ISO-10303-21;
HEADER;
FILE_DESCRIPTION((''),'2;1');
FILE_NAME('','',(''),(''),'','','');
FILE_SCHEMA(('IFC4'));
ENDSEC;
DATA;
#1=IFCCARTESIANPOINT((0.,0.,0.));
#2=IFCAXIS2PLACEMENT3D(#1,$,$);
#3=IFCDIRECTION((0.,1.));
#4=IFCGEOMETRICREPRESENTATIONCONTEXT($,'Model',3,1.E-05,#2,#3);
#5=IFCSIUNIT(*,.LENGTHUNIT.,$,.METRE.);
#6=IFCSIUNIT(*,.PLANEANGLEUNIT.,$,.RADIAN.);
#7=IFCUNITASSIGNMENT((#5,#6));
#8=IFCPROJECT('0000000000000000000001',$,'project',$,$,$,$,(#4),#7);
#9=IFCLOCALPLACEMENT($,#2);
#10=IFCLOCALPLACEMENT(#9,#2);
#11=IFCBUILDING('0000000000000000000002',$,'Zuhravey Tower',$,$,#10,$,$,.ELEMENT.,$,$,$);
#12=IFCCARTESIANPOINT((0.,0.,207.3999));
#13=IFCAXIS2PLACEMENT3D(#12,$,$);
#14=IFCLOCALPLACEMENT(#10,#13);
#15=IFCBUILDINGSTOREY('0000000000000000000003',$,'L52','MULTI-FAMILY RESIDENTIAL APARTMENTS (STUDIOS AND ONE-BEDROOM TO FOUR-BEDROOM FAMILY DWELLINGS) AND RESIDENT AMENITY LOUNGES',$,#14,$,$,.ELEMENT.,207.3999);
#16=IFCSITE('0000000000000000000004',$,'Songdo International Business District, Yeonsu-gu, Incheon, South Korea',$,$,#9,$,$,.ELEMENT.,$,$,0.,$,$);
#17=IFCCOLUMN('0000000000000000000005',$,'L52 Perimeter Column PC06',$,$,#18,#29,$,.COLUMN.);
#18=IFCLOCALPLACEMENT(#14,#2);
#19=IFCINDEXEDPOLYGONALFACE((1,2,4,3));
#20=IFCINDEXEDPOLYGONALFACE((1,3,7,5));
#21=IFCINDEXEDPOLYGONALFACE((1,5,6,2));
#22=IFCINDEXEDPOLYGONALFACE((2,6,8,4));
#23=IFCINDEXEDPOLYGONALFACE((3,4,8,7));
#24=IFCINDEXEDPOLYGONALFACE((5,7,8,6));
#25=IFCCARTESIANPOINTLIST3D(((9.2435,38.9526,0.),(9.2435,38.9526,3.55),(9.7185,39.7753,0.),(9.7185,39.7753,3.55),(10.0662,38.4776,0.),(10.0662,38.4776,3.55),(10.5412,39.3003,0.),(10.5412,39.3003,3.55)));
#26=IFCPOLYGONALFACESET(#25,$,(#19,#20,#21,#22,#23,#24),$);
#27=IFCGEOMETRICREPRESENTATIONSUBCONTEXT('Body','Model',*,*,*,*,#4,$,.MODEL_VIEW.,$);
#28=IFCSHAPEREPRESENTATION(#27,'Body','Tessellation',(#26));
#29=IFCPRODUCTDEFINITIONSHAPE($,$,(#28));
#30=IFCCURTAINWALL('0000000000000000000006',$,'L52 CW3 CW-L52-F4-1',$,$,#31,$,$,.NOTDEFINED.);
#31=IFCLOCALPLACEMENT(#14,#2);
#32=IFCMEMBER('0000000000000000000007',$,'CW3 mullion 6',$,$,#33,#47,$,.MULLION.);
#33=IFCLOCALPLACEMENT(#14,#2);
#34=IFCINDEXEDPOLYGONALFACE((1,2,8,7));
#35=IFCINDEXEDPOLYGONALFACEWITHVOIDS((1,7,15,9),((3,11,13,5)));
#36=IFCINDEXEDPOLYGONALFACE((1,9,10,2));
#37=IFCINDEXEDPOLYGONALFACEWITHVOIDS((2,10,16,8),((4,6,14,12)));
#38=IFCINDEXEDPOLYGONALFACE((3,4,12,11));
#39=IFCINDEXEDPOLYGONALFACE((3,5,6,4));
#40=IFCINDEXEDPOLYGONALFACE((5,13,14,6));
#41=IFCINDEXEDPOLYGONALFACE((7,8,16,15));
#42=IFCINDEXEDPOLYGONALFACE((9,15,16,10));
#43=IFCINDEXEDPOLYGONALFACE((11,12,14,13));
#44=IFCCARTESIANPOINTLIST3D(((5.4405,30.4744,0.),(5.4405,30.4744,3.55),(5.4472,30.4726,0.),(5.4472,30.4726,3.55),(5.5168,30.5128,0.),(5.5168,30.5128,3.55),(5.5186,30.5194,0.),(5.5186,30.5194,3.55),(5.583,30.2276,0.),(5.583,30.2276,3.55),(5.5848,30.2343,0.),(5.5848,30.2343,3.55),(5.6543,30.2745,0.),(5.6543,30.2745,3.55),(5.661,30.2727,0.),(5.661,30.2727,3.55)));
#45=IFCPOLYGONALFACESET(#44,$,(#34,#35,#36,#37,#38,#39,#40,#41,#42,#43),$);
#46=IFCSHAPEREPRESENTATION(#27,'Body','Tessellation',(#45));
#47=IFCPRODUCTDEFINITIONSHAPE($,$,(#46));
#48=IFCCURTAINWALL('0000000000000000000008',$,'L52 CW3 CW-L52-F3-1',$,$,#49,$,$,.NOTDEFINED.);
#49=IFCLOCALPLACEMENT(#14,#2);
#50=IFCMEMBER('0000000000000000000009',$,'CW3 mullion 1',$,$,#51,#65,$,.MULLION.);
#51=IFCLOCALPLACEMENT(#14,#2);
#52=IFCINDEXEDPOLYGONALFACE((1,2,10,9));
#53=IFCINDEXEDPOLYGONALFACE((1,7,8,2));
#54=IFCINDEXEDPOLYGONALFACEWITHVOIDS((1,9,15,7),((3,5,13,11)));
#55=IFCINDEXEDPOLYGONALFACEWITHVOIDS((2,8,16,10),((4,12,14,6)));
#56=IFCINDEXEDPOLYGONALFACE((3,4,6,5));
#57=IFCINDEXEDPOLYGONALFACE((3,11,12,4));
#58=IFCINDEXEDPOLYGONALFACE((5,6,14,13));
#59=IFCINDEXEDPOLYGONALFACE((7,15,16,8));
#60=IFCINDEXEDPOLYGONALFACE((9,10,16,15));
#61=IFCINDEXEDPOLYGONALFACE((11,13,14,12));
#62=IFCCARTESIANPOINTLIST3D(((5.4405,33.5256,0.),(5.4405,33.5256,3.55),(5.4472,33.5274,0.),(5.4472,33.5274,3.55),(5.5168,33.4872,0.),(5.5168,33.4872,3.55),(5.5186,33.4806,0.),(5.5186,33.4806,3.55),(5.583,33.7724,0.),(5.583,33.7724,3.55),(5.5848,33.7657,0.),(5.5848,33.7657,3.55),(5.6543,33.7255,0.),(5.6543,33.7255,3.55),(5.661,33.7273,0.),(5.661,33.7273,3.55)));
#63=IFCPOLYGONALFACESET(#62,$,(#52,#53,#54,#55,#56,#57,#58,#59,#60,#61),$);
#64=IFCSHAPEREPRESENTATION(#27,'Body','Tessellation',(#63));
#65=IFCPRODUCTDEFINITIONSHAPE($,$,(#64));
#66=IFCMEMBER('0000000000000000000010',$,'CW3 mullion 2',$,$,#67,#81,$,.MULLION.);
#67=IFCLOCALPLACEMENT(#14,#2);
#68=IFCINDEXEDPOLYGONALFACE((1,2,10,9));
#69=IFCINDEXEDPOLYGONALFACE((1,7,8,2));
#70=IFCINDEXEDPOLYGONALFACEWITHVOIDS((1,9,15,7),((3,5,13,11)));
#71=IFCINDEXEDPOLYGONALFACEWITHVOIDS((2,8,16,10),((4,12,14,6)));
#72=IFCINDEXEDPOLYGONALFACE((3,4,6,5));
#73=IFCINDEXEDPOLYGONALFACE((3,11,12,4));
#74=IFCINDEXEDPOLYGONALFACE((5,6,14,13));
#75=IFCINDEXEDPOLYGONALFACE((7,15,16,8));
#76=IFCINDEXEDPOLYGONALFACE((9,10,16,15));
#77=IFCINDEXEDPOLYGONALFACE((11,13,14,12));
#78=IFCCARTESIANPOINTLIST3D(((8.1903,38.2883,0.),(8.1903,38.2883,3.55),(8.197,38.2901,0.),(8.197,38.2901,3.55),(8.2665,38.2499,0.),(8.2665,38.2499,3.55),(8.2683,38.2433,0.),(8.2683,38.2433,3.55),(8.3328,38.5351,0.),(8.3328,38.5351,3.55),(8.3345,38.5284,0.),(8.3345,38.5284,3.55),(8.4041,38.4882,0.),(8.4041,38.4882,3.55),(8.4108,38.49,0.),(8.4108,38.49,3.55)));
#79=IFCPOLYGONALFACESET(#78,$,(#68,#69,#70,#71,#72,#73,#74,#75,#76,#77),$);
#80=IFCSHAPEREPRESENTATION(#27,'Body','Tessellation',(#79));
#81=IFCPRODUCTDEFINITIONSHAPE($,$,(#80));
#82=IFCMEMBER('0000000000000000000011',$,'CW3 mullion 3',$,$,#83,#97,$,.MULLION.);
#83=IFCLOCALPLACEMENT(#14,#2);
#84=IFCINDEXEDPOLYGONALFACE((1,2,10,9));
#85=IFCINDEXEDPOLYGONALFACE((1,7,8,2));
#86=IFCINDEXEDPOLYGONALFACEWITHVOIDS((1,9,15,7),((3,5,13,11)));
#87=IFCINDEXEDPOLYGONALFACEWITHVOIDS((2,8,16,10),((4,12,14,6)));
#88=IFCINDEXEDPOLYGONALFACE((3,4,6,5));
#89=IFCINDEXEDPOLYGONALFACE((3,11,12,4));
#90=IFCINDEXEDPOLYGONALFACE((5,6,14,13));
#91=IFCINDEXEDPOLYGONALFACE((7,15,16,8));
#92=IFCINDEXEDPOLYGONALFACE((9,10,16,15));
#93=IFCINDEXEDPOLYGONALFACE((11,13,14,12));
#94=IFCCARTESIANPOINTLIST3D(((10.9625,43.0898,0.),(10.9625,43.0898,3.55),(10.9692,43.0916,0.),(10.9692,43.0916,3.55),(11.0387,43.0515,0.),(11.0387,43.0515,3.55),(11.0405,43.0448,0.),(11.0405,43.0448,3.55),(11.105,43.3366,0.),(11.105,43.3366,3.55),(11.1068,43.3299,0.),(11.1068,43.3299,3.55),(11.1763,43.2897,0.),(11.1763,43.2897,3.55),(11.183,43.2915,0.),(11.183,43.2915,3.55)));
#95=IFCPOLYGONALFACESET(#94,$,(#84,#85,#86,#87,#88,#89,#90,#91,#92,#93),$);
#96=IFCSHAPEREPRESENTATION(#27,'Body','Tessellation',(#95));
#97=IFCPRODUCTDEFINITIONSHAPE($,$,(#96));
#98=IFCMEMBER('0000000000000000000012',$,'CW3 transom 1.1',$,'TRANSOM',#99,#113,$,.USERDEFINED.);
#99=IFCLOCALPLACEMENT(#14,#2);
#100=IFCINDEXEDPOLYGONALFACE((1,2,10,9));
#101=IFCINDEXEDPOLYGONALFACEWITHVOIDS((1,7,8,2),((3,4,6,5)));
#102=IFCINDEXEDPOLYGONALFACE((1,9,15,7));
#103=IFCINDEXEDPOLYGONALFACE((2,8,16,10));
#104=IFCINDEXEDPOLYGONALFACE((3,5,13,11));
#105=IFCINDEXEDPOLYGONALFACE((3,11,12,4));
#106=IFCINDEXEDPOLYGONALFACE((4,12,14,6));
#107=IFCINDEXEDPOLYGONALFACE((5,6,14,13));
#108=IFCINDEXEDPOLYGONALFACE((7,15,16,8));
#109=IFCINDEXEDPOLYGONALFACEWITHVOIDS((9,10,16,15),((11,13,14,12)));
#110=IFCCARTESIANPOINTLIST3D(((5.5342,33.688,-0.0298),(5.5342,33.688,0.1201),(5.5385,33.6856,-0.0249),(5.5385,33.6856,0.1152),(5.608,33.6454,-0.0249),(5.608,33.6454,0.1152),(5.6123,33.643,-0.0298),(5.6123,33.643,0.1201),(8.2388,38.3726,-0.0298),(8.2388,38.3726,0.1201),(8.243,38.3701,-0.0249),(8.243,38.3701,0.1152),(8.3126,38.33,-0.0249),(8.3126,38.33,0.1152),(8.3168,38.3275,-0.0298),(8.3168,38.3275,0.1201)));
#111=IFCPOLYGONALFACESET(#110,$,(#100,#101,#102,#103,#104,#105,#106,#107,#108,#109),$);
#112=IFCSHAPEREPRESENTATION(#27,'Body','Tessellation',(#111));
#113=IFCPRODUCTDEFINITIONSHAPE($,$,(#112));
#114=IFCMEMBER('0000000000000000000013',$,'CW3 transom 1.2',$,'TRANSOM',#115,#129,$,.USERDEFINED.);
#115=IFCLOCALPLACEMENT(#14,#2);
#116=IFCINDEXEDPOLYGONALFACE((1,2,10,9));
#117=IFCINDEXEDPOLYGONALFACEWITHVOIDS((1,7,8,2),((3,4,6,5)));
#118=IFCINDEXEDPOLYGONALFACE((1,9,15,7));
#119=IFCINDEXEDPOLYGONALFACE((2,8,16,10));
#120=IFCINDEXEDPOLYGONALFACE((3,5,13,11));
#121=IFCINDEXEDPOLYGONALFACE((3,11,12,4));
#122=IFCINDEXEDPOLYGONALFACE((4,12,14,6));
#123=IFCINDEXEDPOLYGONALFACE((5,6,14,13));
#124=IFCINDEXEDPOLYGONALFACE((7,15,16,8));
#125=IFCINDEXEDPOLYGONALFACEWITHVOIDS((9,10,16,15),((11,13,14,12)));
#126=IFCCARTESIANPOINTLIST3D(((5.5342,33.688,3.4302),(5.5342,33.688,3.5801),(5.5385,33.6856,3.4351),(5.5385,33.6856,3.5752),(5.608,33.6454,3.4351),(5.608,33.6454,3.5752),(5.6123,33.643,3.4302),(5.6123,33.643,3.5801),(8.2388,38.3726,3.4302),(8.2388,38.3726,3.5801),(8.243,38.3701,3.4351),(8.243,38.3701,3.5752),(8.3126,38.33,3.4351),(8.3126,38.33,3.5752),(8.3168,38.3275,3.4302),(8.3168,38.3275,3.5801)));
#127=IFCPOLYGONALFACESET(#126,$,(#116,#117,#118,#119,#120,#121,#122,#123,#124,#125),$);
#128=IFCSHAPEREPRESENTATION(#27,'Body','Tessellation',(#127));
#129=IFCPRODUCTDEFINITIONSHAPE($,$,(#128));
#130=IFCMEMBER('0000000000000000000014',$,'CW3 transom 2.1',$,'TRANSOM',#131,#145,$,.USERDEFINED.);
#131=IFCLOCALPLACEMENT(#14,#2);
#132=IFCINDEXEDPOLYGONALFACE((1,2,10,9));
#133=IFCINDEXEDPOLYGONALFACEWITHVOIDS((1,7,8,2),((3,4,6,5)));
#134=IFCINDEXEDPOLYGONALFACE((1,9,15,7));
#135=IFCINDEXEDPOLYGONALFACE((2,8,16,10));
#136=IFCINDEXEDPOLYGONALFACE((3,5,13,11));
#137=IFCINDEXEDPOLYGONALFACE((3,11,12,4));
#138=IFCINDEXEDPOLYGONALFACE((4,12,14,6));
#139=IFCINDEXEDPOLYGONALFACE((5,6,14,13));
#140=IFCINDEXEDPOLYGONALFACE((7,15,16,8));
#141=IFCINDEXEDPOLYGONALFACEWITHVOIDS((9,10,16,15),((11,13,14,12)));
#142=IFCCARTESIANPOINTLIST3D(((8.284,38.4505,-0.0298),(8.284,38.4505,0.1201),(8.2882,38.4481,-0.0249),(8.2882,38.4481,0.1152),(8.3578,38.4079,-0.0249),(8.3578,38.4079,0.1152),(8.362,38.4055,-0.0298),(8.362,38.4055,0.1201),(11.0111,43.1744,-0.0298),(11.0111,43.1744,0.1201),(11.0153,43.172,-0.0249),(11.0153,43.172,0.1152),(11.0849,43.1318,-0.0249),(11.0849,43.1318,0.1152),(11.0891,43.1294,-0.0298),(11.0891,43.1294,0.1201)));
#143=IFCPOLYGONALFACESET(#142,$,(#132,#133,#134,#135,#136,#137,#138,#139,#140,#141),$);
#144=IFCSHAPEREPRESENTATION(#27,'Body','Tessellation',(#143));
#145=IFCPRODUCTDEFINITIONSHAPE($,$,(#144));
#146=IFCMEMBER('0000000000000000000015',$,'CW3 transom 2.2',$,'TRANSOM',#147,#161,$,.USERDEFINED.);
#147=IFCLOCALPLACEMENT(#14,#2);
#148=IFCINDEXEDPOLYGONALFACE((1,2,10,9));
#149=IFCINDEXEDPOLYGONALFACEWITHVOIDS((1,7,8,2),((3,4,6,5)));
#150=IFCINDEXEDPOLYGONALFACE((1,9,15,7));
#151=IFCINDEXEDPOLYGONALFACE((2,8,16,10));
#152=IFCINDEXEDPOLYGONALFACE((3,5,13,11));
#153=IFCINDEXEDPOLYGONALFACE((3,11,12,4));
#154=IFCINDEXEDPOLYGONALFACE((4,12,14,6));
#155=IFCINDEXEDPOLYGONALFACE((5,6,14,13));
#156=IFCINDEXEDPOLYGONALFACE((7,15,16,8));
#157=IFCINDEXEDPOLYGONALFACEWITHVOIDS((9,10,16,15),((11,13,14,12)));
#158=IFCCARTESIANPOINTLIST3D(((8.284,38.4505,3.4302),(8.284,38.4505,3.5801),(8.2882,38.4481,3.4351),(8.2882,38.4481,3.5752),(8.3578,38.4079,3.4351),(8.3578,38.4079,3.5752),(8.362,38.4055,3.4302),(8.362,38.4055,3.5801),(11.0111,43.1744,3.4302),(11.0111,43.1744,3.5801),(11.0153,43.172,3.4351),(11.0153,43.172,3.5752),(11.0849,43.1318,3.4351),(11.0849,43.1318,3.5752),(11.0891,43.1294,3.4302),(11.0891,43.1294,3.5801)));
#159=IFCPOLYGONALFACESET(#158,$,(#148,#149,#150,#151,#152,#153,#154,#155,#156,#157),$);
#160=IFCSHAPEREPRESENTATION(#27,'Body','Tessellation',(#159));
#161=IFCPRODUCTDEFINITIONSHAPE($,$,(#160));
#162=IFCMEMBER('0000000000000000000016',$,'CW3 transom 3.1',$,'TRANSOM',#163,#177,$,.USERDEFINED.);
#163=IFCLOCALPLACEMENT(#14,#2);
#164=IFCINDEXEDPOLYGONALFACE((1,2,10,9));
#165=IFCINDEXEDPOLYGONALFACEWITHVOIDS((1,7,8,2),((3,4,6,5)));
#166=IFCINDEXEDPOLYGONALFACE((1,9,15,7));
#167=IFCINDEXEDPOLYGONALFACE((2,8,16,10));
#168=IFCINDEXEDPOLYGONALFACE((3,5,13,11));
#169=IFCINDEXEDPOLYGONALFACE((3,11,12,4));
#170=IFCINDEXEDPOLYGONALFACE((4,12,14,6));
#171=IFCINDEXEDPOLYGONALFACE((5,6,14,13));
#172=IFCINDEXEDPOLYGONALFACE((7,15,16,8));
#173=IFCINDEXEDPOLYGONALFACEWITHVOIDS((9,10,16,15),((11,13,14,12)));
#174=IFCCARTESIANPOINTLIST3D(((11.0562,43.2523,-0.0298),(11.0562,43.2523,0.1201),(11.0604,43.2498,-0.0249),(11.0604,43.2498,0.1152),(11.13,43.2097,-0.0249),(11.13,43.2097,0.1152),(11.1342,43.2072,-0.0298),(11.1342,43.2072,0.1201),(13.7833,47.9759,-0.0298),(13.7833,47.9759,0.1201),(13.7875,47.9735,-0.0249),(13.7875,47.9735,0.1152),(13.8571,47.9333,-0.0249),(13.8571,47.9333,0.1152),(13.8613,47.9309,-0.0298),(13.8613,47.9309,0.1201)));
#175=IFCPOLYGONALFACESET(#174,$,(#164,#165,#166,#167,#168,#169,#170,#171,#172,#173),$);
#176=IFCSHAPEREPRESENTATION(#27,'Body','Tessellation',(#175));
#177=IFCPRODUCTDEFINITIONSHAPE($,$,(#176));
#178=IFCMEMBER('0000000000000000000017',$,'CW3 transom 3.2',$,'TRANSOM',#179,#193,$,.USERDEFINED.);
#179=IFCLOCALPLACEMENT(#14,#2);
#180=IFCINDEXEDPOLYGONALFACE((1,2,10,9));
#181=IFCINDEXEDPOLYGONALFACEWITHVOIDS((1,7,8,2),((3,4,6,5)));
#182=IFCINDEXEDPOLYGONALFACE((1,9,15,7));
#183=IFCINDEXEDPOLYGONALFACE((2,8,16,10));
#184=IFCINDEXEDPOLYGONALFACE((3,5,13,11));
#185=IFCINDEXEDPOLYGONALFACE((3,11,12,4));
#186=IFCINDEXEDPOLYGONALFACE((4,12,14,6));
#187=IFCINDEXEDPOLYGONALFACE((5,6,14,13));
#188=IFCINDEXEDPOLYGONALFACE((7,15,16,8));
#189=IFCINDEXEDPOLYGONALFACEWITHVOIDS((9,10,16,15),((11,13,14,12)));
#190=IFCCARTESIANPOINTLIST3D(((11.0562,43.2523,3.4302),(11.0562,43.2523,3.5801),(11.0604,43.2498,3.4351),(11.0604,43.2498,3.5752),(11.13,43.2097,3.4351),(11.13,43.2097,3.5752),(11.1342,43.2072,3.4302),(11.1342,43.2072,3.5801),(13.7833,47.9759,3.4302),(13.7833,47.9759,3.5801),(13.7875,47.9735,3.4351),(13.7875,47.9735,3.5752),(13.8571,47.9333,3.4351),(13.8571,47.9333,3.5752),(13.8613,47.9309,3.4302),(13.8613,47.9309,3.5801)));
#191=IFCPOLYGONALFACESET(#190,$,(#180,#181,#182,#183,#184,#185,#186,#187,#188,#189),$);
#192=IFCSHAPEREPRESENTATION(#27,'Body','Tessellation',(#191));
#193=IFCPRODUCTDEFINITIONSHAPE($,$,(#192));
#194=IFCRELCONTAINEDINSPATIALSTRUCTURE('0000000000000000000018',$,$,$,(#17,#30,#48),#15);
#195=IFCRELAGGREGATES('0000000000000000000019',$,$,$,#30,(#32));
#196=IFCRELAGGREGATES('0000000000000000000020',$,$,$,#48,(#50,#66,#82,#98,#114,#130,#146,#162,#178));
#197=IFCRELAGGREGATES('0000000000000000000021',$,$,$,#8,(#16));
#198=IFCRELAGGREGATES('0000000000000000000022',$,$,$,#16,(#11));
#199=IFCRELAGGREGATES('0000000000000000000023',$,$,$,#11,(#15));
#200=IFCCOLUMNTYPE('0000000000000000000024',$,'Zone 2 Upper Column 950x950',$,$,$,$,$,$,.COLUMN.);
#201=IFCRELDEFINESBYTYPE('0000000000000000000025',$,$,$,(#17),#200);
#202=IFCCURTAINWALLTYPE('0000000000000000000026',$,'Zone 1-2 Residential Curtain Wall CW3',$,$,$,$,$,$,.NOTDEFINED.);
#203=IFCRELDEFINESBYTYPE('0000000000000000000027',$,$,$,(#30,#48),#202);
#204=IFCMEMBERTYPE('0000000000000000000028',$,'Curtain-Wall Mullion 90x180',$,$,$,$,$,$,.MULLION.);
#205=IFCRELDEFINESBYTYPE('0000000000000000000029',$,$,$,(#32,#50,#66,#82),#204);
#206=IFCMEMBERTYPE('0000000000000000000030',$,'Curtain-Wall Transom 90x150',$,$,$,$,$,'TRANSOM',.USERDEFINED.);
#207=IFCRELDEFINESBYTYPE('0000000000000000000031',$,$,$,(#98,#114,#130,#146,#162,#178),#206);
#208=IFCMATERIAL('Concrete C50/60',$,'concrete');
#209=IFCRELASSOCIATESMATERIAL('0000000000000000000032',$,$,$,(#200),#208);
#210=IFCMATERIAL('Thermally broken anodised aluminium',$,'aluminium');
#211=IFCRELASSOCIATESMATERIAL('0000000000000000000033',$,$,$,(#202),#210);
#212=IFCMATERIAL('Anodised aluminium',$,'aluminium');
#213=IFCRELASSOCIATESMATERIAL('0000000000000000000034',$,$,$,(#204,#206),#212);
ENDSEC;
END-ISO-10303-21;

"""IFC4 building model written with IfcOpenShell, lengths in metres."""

from ifc_helpers import new_model, si_unit, direction, frame, origin, origin_2d, place, context, subcontext, project, spatial, rectangle, hollow_rectangle, extrude, material, material_profile, profile_set, type_object, element, aggregate, save


model = new_model("IFC4")

# Units and contexts
model_context = context("Model", 3, precision=1e-05, world=origin(), true_north=direction((0.0, 1.0)))
body_context = subcontext(model_context, "Body", "Model", "MODEL_VIEW")
ifc_project = project(units=[si_unit("LENGTHUNIT", "METRE"), si_unit("PLANEANGLEUNIT", "RADIAN")], contexts=[model_context])

# Site, building, storey
site_placement = place(None, origin())
site = spatial("IfcSite", under=ifc_project, at=site_placement, Name="Songdo International Business District, Yeonsu-gu, Incheon, South Korea", CompositionType="ELEMENT", RefElevation=0.0)
building_placement = place(site_placement, origin())
building = spatial("IfcBuilding", under=site, at=building_placement, Name="Zuhravey Tower", CompositionType="ELEMENT")
storey_placement = place(building_placement, frame((0.0, 0.0, 207.3999)))
storey = spatial("IfcBuildingStorey", under=building, at=storey_placement, Name="L52", Description="MULTI-FAMILY RESIDENTIAL APARTMENTS (STUDIOS AND ONE-BEDROOM TO FOUR-BEDROOM FAMILY DWELLINGS) AND RESIDENT AMENITY LOUNGES", CompositionType="ELEMENT", Elevation=207.3999)

# Column
ifc_material_1 = material(Name="Concrete C50/60", Category="concrete")
ifc_material_profile_1 = material_profile(ifc_material_1, rectangle(XDim=0.95, YDim=0.95, at=origin_2d()), Name="RC-950x950")
ifc_profile_set_1 = profile_set([ifc_material_profile_1], Name="Concrete C50/60")
column_type = type_object("IfcColumnType", Name="Zone 2 Upper Column 950x950", PredefinedType="COLUMN", material=ifc_profile_set_1)
column_placement = place(storey_placement, frame((9.8923, 39.1265, 0.0), z_axis=(0.0, 0.0, 1.0), x_axis=(-0.5, -0.866025, 0.0)))
element("IfcColumn", 1, at=column_placement, inside=storey, type_object=column_type, Name="L52 Perimeter Column PC06", PredefinedType="COLUMN", context=body_context, shape_type="SweptSolid", body=[
    extrude(rectangle(XDim=0.95, YDim=0.95, at=origin_2d()), origin(), (0.0, 0.0, 1.0), 3.55),
])

# Curtain wall, member
ifc_material_2 = material(Name="Thermally broken anodised aluminium", Category="aluminium")
curtain_wall_type = type_object("IfcCurtainWallType", Name="Zone 1-2 Residential Curtain Wall CW3", PredefinedType="NOTDEFINED", material=ifc_material_2)
curtain_wall_1_placement = place(storey_placement, origin())
curtain_wall_1 = element("IfcCurtainWall", 2, at=curtain_wall_1_placement, inside=storey, type_object=curtain_wall_type, Name="L52 CW3 CW-L52-F4-1", PredefinedType="NOTDEFINED")
ifc_material_3 = material(Name="Anodised aluminium", Category="aluminium")
ifc_material_profile_2 = material_profile(ifc_material_3, hollow_rectangle(XDim=0.0901, YDim=0.2849, WallThickness=0.0049, at=origin_2d()), Name="ALU-RHS-90x285x5")
ifc_profile_set_2 = profile_set([ifc_material_profile_2], Name="Anodised aluminium")
member_type_1 = type_object("IfcMemberType", Name="Curtain-Wall Mullion 90x180", PredefinedType="MULLION", material=ifc_profile_set_2)
member_1_placement = place(storey_placement, frame((5.5508, 30.3735, 0.0), z_axis=(0.0, 0.0, 1.0), x_axis=(-0.866025, -0.5, 0.0)))
member_1 = element("IfcMember", 3, at=member_1_placement, type_object=member_type_1, Name="CW3 mullion 6", PredefinedType="MULLION", context=body_context, shape_type="SweptSolid", body=[
    extrude(hollow_rectangle(XDim=0.0901, YDim=0.2849, WallThickness=0.0049, at=origin_2d()), origin(), (0.0, 0.0, 1.0), 3.55),
])
aggregate(curtain_wall_1, [member_1])

# Curtain wall, members
curtain_wall_2_placement = place(storey_placement, origin())
curtain_wall_2 = element("IfcCurtainWall", 4, at=curtain_wall_2_placement, inside=storey, type_object=curtain_wall_type, Name="L52 CW3 CW-L52-F3-1", PredefinedType="NOTDEFINED")
member_2_placement = place(storey_placement, frame((5.5508, 33.6265, 0.0), z_axis=(0.0, 0.0, 1.0), x_axis=(-0.866025, 0.5, 0.0)))
member_2 = element("IfcMember", 5, at=member_2_placement, type_object=member_type_1, Name="CW3 mullion 1", PredefinedType="MULLION", context=body_context, shape_type="SweptSolid", body=[
    extrude(hollow_rectangle(XDim=0.0901, YDim=0.2849, WallThickness=0.0049, at=origin_2d()), origin(), (0.0, 0.0, 1.0), 3.55),
])
member_3_placement = place(storey_placement, frame((8.3005, 38.3892, 0.0), z_axis=(0.0, 0.0, 1.0), x_axis=(-0.866025, 0.5, 0.0)))
member_3 = element("IfcMember", 6, at=member_3_placement, type_object=member_type_1, Name="CW3 mullion 2", PredefinedType="MULLION", context=body_context, shape_type="SweptSolid", body=[
    extrude(hollow_rectangle(XDim=0.0901, YDim=0.2849, WallThickness=0.0049, at=origin_2d()), origin(), (0.0, 0.0, 1.0), 3.55),
])
member_4_placement = place(storey_placement, frame((11.0728, 43.1907, 0.0), z_axis=(0.0, 0.0, 1.0), x_axis=(-0.866025, 0.5, 0.0)))
member_4 = element("IfcMember", 7, at=member_4_placement, type_object=member_type_1, Name="CW3 mullion 3", PredefinedType="MULLION", context=body_context, shape_type="SweptSolid", body=[
    extrude(hollow_rectangle(XDim=0.0901, YDim=0.2849, WallThickness=0.0049, at=origin_2d()), origin(), (0.0, 0.0, 1.0), 3.55),
])
ifc_material_profile_3 = material_profile(ifc_material_3, hollow_rectangle(XDim=0.0901, YDim=0.1499, WallThickness=0.0049, at=origin_2d()), Name="ALU-RHS-90x150x5")
ifc_profile_set_3 = profile_set([ifc_material_profile_3], Name="Anodised aluminium")
member_type_2 = type_object("IfcMemberType", Name="Curtain-Wall Transom 90x150", ElementType="TRANSOM", PredefinedType="USERDEFINED", material=ifc_profile_set_3)
member_5_placement = place(storey_placement, frame((5.5732, 33.6655, 0.0452), z_axis=(0.499993, 0.866029, 0.0), x_axis=(-0.866029, 0.499993, 0.0)))
member_5 = element("IfcMember", 8, at=member_5_placement, type_object=member_type_2, Name="CW3 transom 1.1", ObjectType="TRANSOM", PredefinedType="USERDEFINED", context=body_context, shape_type="SweptSolid", body=[
    extrude(hollow_rectangle(XDim=0.0901, YDim=0.1499, WallThickness=0.0049, at=origin_2d()), origin(), (0.0, 0.0, 1.0), 5.4092),
])
member_6_placement = place(storey_placement, frame((5.5732, 33.6655, 3.5051), z_axis=(0.499993, 0.866029, 0.0), x_axis=(-0.866029, 0.499993, 0.0)))
member_6 = element("IfcMember", 9, at=member_6_placement, type_object=member_type_2, Name="CW3 transom 1.2", ObjectType="TRANSOM", PredefinedType="USERDEFINED", context=body_context, shape_type="SweptSolid", body=[
    extrude(hollow_rectangle(XDim=0.0901, YDim=0.1499, WallThickness=0.0049, at=origin_2d()), origin(), (0.0, 0.0, 1.0), 5.4092),
])
member_7_placement = place(storey_placement, frame((8.323, 38.428, 0.0452), z_axis=(0.499961, 0.866048, 0.0), x_axis=(-0.866048, 0.499961, 0.0)))
member_7 = element("IfcMember", 10, at=member_7_placement, type_object=member_type_2, Name="CW3 transom 2.1", ObjectType="TRANSOM", PredefinedType="USERDEFINED", context=body_context, shape_type="SweptSolid", body=[
    extrude(hollow_rectangle(XDim=0.0901, YDim=0.1499, WallThickness=0.0049, at=origin_2d()), origin(), (0.0, 0.0, 1.0), 5.4546),
])
member_8_placement = place(storey_placement, frame((8.323, 38.428, 3.5051), z_axis=(0.499961, 0.866048, 0.0), x_axis=(-0.866048, 0.499961, 0.0)))
member_8 = element("IfcMember", 11, at=member_8_placement, type_object=member_type_2, Name="CW3 transom 2.2", ObjectType="TRANSOM", PredefinedType="USERDEFINED", context=body_context, shape_type="SweptSolid", body=[
    extrude(hollow_rectangle(XDim=0.0901, YDim=0.1499, WallThickness=0.0049, at=origin_2d()), origin(), (0.0, 0.0, 1.0), 5.4546),
])
member_9_placement = place(storey_placement, frame((11.0952, 43.2297, 0.0452), z_axis=(0.499981, 0.866037, 0.0), x_axis=(-0.866037, 0.499981, 0.0)))
member_9 = element("IfcMember", 12, at=member_9_placement, type_object=member_type_2, Name="CW3 transom 3.1", ObjectType="TRANSOM", PredefinedType="USERDEFINED", context=body_context, shape_type="SweptSolid", body=[
    extrude(hollow_rectangle(XDim=0.0901, YDim=0.1499, WallThickness=0.0049, at=origin_2d()), origin(), (0.0, 0.0, 1.0), 5.4543),
])
member_10_placement = place(storey_placement, frame((11.0952, 43.2297, 3.5051), z_axis=(0.499981, 0.866037, 0.0), x_axis=(-0.866037, 0.499981, 0.0)))
member_10 = element("IfcMember", 13, at=member_10_placement, type_object=member_type_2, Name="CW3 transom 3.2", ObjectType="TRANSOM", PredefinedType="USERDEFINED", context=body_context, shape_type="SweptSolid", body=[
    extrude(hollow_rectangle(XDim=0.0901, YDim=0.1499, WallThickness=0.0049, at=origin_2d()), origin(), (0.0, 0.0, 1.0), 5.4543),
])

aggregate(curtain_wall_2, [member_2, member_3, member_4, member_5, member_6, member_7, member_8, member_9, member_10])

save(model, "model.ifc")
